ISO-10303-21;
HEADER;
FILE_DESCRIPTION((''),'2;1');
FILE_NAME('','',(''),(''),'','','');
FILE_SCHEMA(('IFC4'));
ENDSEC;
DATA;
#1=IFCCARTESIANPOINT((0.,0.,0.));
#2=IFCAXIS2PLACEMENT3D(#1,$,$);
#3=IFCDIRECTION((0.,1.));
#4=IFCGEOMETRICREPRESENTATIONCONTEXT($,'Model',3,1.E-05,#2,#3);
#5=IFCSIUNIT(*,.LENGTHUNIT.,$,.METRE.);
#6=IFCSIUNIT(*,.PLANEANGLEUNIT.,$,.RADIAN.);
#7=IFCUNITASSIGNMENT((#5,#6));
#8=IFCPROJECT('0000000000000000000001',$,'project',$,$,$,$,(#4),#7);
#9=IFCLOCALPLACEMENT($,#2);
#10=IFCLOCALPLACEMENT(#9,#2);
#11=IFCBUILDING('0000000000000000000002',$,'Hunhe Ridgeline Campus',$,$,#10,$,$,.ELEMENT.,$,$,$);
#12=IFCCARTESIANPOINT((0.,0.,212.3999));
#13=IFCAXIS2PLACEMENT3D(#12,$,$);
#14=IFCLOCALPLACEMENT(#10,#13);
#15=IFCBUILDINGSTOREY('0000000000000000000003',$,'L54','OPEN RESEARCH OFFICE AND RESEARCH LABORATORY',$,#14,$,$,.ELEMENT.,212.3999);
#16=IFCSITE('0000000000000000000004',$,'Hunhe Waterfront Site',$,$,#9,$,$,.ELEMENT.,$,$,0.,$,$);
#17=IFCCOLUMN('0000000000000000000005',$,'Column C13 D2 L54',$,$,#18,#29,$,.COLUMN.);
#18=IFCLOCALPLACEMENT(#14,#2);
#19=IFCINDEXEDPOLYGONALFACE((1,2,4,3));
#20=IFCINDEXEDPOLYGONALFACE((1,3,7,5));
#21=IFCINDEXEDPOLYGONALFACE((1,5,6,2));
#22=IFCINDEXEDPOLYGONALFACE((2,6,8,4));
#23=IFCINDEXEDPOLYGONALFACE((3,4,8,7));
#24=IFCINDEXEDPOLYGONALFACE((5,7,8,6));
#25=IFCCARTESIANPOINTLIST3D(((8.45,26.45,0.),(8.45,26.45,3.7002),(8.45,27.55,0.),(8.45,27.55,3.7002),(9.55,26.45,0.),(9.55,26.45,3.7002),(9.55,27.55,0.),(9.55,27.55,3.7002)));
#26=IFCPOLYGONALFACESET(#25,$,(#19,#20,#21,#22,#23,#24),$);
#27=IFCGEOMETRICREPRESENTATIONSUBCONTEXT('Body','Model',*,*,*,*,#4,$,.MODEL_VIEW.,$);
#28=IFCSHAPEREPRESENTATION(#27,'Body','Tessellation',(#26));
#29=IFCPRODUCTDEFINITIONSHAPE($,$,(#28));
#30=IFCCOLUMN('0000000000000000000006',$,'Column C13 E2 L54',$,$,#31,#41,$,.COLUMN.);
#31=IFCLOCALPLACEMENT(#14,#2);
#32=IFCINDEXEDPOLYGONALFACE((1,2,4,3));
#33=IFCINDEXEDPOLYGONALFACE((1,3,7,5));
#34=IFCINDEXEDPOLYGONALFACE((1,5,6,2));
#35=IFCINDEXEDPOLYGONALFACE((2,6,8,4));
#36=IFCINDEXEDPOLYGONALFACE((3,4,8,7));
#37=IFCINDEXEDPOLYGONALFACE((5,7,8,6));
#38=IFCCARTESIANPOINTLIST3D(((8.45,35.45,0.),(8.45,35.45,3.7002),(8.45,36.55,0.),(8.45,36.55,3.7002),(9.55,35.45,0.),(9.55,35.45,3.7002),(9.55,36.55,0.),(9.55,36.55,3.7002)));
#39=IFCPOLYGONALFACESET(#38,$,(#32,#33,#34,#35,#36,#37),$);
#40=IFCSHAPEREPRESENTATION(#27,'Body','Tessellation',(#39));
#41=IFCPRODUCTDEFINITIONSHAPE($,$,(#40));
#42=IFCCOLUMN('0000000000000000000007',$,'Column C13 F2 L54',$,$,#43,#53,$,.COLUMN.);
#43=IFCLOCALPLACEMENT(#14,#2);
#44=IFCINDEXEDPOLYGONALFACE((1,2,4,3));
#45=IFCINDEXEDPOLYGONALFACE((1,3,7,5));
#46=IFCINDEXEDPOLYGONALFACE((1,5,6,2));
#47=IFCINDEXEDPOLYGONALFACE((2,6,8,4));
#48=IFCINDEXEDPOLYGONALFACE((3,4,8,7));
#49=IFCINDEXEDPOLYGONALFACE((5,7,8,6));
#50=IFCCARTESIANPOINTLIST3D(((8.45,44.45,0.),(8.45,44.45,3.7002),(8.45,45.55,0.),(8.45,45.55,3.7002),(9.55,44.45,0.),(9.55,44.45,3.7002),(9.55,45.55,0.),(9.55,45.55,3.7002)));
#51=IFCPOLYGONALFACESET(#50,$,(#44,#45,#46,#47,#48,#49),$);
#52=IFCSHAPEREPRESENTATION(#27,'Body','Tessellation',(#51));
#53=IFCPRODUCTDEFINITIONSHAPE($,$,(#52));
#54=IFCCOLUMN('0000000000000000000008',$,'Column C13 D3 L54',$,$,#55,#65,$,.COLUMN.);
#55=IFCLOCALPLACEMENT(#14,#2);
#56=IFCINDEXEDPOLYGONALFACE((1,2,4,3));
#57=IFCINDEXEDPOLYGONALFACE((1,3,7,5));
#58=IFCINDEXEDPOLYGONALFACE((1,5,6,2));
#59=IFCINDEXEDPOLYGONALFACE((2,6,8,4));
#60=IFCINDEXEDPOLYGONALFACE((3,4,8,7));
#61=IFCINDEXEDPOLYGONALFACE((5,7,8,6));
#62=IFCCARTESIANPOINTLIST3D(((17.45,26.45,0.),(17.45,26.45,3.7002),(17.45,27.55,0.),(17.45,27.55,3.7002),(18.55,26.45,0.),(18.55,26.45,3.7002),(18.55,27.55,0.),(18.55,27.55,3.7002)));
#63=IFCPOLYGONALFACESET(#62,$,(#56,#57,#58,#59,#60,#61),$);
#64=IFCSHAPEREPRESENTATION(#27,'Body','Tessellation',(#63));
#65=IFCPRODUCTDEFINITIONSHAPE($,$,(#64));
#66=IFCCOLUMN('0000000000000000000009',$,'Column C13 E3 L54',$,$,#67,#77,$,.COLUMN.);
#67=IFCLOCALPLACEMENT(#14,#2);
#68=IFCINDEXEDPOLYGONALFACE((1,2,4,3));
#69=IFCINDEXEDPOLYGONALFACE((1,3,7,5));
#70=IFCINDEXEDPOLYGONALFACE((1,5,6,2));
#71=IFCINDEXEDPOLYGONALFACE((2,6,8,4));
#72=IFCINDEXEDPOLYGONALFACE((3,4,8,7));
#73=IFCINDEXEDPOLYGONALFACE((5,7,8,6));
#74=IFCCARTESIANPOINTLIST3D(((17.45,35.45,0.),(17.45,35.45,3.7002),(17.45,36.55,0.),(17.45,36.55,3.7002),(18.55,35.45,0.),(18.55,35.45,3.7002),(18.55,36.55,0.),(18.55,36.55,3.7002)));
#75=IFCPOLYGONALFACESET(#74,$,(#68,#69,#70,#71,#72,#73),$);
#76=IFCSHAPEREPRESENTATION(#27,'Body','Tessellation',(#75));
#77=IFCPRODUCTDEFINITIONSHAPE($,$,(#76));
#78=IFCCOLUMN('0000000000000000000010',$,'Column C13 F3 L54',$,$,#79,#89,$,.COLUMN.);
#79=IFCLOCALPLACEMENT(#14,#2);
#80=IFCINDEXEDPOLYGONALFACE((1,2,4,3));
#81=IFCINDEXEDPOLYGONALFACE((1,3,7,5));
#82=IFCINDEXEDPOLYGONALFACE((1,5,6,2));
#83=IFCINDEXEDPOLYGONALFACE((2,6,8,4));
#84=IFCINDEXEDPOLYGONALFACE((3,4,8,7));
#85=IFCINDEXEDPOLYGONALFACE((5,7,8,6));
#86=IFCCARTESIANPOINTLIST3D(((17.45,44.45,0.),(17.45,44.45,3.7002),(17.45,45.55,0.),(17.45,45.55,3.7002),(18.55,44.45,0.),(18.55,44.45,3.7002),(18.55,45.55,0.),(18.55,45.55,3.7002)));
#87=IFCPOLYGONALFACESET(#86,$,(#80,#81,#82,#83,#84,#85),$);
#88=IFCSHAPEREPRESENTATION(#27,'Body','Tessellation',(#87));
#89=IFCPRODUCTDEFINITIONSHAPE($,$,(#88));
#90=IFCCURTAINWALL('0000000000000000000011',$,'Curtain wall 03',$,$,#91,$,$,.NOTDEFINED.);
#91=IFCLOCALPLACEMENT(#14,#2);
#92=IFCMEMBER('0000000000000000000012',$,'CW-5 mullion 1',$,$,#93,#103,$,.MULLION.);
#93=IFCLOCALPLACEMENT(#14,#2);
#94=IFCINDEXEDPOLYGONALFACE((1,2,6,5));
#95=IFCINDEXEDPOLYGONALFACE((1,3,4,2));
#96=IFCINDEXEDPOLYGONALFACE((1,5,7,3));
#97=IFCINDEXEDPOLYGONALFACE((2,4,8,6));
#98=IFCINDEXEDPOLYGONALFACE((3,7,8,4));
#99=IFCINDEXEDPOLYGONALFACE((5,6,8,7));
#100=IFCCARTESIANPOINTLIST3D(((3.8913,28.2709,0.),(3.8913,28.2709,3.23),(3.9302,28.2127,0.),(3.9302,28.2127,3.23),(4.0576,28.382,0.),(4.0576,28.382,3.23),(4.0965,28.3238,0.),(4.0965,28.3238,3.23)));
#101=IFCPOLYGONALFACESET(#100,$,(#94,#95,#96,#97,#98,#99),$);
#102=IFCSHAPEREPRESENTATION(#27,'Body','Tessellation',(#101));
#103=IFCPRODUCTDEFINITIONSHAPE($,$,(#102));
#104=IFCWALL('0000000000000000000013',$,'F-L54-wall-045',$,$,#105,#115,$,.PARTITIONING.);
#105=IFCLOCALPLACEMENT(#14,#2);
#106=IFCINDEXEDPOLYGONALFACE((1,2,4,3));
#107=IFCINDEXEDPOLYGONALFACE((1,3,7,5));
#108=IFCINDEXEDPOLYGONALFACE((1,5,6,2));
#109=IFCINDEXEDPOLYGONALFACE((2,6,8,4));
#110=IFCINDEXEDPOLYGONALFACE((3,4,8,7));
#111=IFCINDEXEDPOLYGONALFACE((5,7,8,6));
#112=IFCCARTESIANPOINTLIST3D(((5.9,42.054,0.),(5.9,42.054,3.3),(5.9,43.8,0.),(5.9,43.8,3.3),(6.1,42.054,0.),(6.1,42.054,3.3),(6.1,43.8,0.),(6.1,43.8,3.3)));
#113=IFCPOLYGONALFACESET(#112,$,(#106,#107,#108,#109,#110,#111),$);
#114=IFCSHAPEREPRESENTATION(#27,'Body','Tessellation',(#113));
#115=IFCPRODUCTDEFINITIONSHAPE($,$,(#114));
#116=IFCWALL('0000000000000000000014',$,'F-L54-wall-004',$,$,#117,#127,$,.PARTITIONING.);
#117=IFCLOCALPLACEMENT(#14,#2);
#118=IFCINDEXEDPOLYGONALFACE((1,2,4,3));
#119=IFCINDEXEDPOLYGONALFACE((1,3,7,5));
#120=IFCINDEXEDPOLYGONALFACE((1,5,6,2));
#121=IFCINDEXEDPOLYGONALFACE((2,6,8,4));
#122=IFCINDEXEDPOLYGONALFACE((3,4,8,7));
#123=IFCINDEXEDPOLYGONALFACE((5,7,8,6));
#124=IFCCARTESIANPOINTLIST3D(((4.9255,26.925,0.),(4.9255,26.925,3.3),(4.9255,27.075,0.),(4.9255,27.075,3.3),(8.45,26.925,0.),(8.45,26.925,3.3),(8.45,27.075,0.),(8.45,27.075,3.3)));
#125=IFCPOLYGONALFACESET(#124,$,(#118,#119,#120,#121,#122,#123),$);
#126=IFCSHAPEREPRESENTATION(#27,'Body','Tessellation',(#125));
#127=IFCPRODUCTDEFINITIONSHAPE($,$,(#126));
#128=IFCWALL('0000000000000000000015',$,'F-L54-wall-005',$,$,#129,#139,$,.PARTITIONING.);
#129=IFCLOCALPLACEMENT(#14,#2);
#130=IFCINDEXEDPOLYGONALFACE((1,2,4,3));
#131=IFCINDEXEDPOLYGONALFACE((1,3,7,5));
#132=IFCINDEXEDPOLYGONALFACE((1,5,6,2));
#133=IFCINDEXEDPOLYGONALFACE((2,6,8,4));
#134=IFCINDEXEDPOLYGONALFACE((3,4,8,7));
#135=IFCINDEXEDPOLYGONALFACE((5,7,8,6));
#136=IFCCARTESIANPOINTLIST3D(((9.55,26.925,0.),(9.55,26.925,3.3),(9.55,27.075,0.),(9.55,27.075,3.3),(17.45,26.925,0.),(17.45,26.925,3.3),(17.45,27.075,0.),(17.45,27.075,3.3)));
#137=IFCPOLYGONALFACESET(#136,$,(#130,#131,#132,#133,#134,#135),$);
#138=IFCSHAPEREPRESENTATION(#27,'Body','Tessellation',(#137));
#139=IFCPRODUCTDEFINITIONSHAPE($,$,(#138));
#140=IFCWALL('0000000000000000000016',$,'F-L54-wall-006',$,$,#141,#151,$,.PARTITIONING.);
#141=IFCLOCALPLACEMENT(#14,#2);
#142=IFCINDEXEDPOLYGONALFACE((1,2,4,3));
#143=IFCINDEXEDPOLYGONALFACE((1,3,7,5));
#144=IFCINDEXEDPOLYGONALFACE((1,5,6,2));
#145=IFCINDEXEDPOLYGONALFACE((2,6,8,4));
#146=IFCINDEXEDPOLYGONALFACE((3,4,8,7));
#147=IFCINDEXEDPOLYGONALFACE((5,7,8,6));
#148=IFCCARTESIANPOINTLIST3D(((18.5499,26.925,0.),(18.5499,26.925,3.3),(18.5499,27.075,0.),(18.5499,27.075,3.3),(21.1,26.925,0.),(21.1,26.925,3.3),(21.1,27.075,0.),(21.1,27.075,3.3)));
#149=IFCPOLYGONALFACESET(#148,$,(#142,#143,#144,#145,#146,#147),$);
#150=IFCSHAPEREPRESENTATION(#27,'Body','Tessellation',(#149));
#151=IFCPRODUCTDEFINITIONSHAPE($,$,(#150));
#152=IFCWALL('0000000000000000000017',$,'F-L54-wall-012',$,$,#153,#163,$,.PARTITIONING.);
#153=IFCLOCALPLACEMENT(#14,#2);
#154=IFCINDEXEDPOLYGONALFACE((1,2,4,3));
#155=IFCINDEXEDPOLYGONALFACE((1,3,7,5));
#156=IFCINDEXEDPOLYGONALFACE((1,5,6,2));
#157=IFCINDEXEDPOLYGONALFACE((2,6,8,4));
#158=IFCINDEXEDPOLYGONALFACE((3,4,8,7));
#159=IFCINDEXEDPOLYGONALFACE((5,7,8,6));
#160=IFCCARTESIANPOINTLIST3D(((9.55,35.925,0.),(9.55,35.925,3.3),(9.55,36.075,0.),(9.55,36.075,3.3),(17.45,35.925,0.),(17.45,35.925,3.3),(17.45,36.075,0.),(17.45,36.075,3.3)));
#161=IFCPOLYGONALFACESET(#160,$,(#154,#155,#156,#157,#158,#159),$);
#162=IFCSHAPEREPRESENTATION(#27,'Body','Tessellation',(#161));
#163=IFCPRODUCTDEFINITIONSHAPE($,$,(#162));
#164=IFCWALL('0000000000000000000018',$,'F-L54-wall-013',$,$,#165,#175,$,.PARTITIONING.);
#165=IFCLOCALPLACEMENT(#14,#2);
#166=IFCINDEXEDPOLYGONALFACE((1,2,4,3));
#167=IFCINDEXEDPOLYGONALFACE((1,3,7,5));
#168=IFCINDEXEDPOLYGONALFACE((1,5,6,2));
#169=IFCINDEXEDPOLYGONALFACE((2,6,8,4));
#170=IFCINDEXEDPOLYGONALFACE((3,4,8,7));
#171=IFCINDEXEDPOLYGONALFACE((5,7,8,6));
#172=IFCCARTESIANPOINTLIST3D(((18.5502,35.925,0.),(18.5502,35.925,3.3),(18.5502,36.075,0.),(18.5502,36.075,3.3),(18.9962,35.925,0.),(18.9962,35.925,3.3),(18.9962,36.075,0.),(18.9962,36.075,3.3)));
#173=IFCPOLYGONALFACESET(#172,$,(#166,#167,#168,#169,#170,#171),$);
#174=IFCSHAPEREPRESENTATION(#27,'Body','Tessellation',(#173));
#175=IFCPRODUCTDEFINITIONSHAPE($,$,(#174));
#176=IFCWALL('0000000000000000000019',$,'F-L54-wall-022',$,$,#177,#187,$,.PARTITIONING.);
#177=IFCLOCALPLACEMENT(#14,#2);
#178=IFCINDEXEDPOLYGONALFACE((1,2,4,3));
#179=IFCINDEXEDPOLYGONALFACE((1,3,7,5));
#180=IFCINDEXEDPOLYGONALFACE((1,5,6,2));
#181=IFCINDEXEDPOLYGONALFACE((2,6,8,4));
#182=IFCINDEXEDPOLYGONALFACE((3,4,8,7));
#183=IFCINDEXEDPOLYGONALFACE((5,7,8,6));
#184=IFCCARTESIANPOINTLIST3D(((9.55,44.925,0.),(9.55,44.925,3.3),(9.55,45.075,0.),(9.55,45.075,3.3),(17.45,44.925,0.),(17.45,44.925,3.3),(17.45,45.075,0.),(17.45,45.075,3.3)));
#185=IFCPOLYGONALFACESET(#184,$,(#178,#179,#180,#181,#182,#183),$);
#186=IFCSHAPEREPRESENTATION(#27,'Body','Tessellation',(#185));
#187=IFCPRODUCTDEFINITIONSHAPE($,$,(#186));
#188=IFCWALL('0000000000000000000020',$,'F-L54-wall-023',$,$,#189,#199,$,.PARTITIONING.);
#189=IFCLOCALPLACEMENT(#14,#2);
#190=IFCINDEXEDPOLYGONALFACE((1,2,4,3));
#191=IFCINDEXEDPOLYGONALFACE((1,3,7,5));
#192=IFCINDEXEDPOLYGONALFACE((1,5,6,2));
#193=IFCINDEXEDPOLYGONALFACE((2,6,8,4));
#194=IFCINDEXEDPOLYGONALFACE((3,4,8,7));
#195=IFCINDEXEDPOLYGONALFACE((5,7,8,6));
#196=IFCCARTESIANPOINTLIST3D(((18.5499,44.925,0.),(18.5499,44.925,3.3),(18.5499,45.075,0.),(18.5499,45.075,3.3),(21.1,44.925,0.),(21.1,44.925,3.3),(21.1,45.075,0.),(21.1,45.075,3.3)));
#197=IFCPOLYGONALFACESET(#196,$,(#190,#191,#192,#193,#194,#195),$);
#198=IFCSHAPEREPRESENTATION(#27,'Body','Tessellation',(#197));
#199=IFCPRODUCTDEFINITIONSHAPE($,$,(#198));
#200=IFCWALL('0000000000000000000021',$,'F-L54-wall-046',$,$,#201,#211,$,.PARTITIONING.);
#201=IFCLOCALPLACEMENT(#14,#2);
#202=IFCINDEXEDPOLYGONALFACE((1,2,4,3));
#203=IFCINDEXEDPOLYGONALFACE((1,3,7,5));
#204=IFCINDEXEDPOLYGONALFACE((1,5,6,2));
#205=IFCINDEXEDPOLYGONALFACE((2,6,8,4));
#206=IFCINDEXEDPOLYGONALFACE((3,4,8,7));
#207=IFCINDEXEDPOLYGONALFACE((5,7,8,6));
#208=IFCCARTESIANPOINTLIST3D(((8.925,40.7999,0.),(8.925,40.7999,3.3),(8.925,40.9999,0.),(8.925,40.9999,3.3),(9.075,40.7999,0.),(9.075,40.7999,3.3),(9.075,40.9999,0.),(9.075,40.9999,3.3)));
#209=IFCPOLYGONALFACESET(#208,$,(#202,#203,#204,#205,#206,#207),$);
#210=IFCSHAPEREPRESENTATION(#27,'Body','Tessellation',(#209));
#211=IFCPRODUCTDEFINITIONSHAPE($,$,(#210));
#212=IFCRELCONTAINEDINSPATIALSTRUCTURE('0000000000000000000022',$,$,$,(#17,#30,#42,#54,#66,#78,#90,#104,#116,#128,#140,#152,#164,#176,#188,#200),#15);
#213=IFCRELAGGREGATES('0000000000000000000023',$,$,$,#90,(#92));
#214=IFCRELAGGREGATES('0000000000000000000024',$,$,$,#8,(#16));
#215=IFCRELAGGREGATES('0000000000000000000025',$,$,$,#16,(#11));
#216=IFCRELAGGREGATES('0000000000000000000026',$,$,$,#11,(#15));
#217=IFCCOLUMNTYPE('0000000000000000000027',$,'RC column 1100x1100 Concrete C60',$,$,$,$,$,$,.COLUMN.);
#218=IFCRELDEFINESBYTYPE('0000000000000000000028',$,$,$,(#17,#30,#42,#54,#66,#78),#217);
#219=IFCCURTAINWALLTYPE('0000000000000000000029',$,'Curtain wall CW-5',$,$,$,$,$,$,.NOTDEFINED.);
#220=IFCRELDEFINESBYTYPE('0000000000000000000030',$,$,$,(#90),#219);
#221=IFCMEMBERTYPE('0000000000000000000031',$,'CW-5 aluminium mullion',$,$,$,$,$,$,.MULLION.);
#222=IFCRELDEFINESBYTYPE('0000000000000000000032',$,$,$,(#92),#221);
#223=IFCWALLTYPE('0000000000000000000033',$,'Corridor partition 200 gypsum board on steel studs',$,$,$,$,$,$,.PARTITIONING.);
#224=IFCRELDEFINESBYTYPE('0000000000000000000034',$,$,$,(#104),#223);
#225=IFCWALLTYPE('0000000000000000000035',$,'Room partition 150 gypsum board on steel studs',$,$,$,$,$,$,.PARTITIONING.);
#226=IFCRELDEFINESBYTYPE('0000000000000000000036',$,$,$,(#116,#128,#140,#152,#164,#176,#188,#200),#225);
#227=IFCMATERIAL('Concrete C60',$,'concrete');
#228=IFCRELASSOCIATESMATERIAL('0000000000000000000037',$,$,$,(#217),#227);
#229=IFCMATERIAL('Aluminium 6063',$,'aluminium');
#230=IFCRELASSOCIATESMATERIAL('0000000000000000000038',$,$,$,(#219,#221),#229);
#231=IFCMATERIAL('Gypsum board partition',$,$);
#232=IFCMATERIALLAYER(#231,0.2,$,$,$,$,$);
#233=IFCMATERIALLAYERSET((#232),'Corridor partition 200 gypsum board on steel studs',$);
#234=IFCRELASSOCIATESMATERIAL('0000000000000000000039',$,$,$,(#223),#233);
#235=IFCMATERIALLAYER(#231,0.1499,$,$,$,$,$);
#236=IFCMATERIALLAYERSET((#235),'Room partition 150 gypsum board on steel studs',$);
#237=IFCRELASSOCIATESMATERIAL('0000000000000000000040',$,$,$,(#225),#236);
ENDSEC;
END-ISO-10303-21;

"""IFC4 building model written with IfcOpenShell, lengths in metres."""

from ifc_helpers import new_model, si_unit, direction, frame, frame_2d, origin, origin_2d, place, context, subcontext, project, spatial, rectangle, extrude, material, layer, layer_set, material_profile, profile_set, type_object, element, aggregate, save


model = new_model("IFC4")

# Units and contexts
model_context = context("Model", 3, precision=1e-05, world=origin(), true_north=direction((0.0, 1.0)))
body_context = subcontext(model_context, "Body", "Model", "MODEL_VIEW")
ifc_project = project(units=[si_unit("LENGTHUNIT", "METRE"), si_unit("PLANEANGLEUNIT", "RADIAN")], contexts=[model_context])

# Site, building, storey
site_placement = place(None, origin())
site = spatial("IfcSite", under=ifc_project, at=site_placement, Name="Hunhe Waterfront Site", CompositionType="ELEMENT", RefElevation=0.0)
building_placement = place(site_placement, origin())
building = spatial("IfcBuilding", under=site, at=building_placement, Name="Hunhe Ridgeline Campus", CompositionType="ELEMENT")
storey_placement = place(building_placement, frame((0.0, 0.0, 212.3999)))
storey = spatial("IfcBuildingStorey", under=building, at=storey_placement, Name="L54", Description="OPEN RESEARCH OFFICE AND RESEARCH LABORATORY", CompositionType="ELEMENT", Elevation=212.3999)

# Columns
ifc_material_1 = material(Name="Concrete C60", Category="concrete")
ifc_material_profile_1 = material_profile(ifc_material_1, rectangle(XDim=1.1001, YDim=1.1001, at=origin_2d()))
ifc_profile_set_1 = profile_set([ifc_material_profile_1], Name="Concrete C60")
column_type = type_object("IfcColumnType", Name="RC column 1100x1100 Concrete C60", PredefinedType="COLUMN", material=ifc_profile_set_1)
for number, where, z_axis, x_axis, name in (
    (1, (9.0, 27.0, 0.0), (0.0, 0.0, 1.0), (1.0, 0.0, 0.0), "Column C13 D2 L54"),
    (2, (9.0, 36.0, 0.0), (0.0, 0.0, 1.0), (1.0, 0.0, 0.0), "Column C13 E2 L54"),
    (3, (9.0, 45.0, 0.0), (0.0, 0.0, 1.0), (1.0, 0.0, 0.0), "Column C13 F2 L54"),
    (4, (18.0, 27.0, 0.0), (0.0, 0.0, 1.0), (1.0, 0.0, 0.0), "Column C13 D3 L54"),
    (5, (18.0, 36.0, 0.0), (0.0, 0.0, 1.0), (1.0, 0.0, 0.0), "Column C13 E3 L54"),
    (6, (18.0, 45.0, 0.0), (0.0, 0.0, 1.0), (1.0, 0.0, 0.0), "Column C13 F3 L54"),
):
    element("IfcColumn", number, at=place(storey_placement, frame(where, z_axis=z_axis, x_axis=x_axis)), inside=storey, type_object=column_type, Name=name, PredefinedType="COLUMN", context=body_context, shape_type="SweptSolid", body=[
        extrude(rectangle(XDim=1.1001, YDim=1.1001, at=origin_2d()), origin(), (0.0, 0.0, 1.0), 3.7002),
    ])

# Curtain wall, member
ifc_material_2 = material(Name="Aluminium 6063", Category="aluminium")
curtain_wall_type = type_object("IfcCurtainWallType", Name="Curtain wall CW-5", PredefinedType="NOTDEFINED", material=ifc_material_2)
curtain_wall_placement = place(storey_placement, origin())
curtain_wall = element("IfcCurtainWall", 7, at=curtain_wall_placement, inside=storey, type_object=curtain_wall_type, Name="Curtain wall 03", PredefinedType="NOTDEFINED")
ifc_material_profile_2 = material_profile(ifc_material_2, rectangle(XDim=0.2, YDim=0.0701, at=origin_2d()))
ifc_profile_set_2 = profile_set([ifc_material_profile_2], Name="Aluminium 6063")
member_type = type_object("IfcMemberType", Name="CW-5 aluminium mullion", PredefinedType="MULLION", material=ifc_profile_set_2)
member_placement = place(storey_placement, frame((3.9939, 28.2974, 0.0), z_axis=(0.0, 0.0, 1.0), x_axis=(0.83147, 0.55557, 0.0)))
member = element("IfcMember", 8, at=member_placement, type_object=member_type, Name="CW-5 mullion 1", PredefinedType="MULLION", context=body_context, shape_type="SweptSolid", body=[
    extrude(rectangle(XDim=0.2, YDim=0.0701, at=origin_2d()), origin(), (0.0, 0.0, 1.0), 3.23),
])
aggregate(curtain_wall, [member])

# Shared definitions
ifc_material_3 = material(Name="Gypsum board partition")
ifc_layer_1 = layer(ifc_material_3, 0.2)
ifc_layer_set_1 = layer_set([ifc_layer_1], Name="Corridor partition 200 gypsum board on steel studs")
wall_type_1 = type_object("IfcWallType", Name="Corridor partition 200 gypsum board on steel studs", PredefinedType="PARTITIONING", material=ifc_layer_set_1)

# Walls
wall_1_placement = place(storey_placement, frame((6.0, 42.054, 0.0), z_axis=(0.0, 0.0, 1.0), x_axis=(0.0, 1.0, 0.0)))
element("IfcWall", 9, at=wall_1_placement, inside=storey, type_object=wall_type_1, Name="F-L54-wall-045", PredefinedType="PARTITIONING", context=body_context, shape_type="SweptSolid", body=[
    extrude(rectangle(XDim=1.7461, YDim=0.2, at=frame_2d((0.873, 0.0))), origin(), (0.0, 0.0, 1.0), 3.3),
])
ifc_layer_2 = layer(ifc_material_3, 0.1499)
ifc_layer_set_2 = layer_set([ifc_layer_2], Name="Room partition 150 gypsum board on steel studs")
wall_type_2 = type_object("IfcWallType", Name="Room partition 150 gypsum board on steel studs", PredefinedType="PARTITIONING", material=ifc_layer_set_2)
wall_2_placement = place(storey_placement, frame((4.9255, 27.0, 0.0), z_axis=(0.0, 0.0, 1.0), x_axis=(1.0, 0.0, 0.0)))
element("IfcWall", 10, at=wall_2_placement, inside=storey, type_object=wall_type_2, Name="F-L54-wall-004", PredefinedType="PARTITIONING", context=body_context, shape_type="SweptSolid", body=[
    extrude(rectangle(XDim=3.5244, YDim=0.1499, at=frame_2d((1.7622, 0.0))), origin(), (0.0, 0.0, 1.0), 3.3),
])
wall_3_placement = place(storey_placement, frame((9.55, 27.0, 0.0), z_axis=(0.0, 0.0, 1.0), x_axis=(1.0, 0.0, 0.0)))
element("IfcWall", 11, at=wall_3_placement, inside=storey, type_object=wall_type_2, Name="F-L54-wall-005", PredefinedType="PARTITIONING", context=body_context, shape_type="SweptSolid", body=[
    extrude(rectangle(XDim=7.8999, YDim=0.1499, at=frame_2d((3.95, 0.0))), origin(), (0.0, 0.0, 1.0), 3.3),
])
wall_4_placement = place(storey_placement, frame((18.55, 27.0, 0.0), z_axis=(0.0, 0.0, 1.0), x_axis=(1.0, 0.0, 0.0)))
element("IfcWall", 12, at=wall_4_placement, inside=storey, type_object=wall_type_2, Name="F-L54-wall-006", PredefinedType="PARTITIONING", context=body_context, shape_type="SweptSolid", body=[
    extrude(rectangle(XDim=2.55, YDim=0.1499, at=frame_2d((1.2749, 0.0))), origin(), (0.0, 0.0, 1.0), 3.3),
])
wall_5_placement = place(storey_placement, frame((9.55, 36.0, 0.0), z_axis=(0.0, 0.0, 1.0), x_axis=(1.0, 0.0, 0.0)))
element("IfcWall", 13, at=wall_5_placement, inside=storey, type_object=wall_type_2, Name="F-L54-wall-012", PredefinedType="PARTITIONING", context=body_context, shape_type="SweptSolid", body=[
    extrude(rectangle(XDim=7.8999, YDim=0.1499, at=frame_2d((3.95, 0.0))), origin(), (0.0, 0.0, 1.0), 3.3),
])
wall_6_placement = place(storey_placement, frame((18.55, 36.0, 0.0), z_axis=(0.0, 0.0, 1.0), x_axis=(1.0, 0.0, 0.0)))
element("IfcWall", 14, at=wall_6_placement, inside=storey, type_object=wall_type_2, Name="F-L54-wall-013", PredefinedType="PARTITIONING", context=body_context, shape_type="SweptSolid", body=[
    extrude(rectangle(XDim=0.446, YDim=0.1499, at=frame_2d((0.2231, 0.0))), origin(), (0.0, 0.0, 1.0), 3.3),
])
wall_7_placement = place(storey_placement, frame((9.55, 45.0, 0.0), z_axis=(0.0, 0.0, 1.0), x_axis=(1.0, 0.0, 0.0)))
element("IfcWall", 15, at=wall_7_placement, inside=storey, type_object=wall_type_2, Name="F-L54-wall-022", PredefinedType="PARTITIONING", context=body_context, shape_type="SweptSolid", body=[
    extrude(rectangle(XDim=7.8999, YDim=0.1499, at=frame_2d((3.95, 0.0))), origin(), (0.0, 0.0, 1.0), 3.3),
])
wall_8_placement = place(storey_placement, frame((18.55, 45.0, 0.0), z_axis=(0.0, 0.0, 1.0), x_axis=(1.0, 0.0, 0.0)))
element("IfcWall", 16, at=wall_8_placement, inside=storey, type_object=wall_type_2, Name="F-L54-wall-023", PredefinedType="PARTITIONING", context=body_context, shape_type="SweptSolid", body=[
    extrude(rectangle(XDim=2.55, YDim=0.1499, at=frame_2d((1.2749, 0.0))), origin(), (0.0, 0.0, 1.0), 3.3),
])
wall_9_placement = place(storey_placement, frame((9.0, 41.0, 0.0), z_axis=(0.0, 0.0, 1.0), x_axis=(0.0, -1.0, 0.0)))
element("IfcWall", 17, at=wall_9_placement, inside=storey, type_object=wall_type_2, Name="F-L54-wall-046", PredefinedType="PARTITIONING", context=body_context, shape_type="SweptSolid", body=[
    extrude(rectangle(XDim=0.2, YDim=0.1499, at=frame_2d((0.1001, 0.0))), origin(), (0.0, 0.0, 1.0), 3.3),
])

save(model, "model.ifc")
